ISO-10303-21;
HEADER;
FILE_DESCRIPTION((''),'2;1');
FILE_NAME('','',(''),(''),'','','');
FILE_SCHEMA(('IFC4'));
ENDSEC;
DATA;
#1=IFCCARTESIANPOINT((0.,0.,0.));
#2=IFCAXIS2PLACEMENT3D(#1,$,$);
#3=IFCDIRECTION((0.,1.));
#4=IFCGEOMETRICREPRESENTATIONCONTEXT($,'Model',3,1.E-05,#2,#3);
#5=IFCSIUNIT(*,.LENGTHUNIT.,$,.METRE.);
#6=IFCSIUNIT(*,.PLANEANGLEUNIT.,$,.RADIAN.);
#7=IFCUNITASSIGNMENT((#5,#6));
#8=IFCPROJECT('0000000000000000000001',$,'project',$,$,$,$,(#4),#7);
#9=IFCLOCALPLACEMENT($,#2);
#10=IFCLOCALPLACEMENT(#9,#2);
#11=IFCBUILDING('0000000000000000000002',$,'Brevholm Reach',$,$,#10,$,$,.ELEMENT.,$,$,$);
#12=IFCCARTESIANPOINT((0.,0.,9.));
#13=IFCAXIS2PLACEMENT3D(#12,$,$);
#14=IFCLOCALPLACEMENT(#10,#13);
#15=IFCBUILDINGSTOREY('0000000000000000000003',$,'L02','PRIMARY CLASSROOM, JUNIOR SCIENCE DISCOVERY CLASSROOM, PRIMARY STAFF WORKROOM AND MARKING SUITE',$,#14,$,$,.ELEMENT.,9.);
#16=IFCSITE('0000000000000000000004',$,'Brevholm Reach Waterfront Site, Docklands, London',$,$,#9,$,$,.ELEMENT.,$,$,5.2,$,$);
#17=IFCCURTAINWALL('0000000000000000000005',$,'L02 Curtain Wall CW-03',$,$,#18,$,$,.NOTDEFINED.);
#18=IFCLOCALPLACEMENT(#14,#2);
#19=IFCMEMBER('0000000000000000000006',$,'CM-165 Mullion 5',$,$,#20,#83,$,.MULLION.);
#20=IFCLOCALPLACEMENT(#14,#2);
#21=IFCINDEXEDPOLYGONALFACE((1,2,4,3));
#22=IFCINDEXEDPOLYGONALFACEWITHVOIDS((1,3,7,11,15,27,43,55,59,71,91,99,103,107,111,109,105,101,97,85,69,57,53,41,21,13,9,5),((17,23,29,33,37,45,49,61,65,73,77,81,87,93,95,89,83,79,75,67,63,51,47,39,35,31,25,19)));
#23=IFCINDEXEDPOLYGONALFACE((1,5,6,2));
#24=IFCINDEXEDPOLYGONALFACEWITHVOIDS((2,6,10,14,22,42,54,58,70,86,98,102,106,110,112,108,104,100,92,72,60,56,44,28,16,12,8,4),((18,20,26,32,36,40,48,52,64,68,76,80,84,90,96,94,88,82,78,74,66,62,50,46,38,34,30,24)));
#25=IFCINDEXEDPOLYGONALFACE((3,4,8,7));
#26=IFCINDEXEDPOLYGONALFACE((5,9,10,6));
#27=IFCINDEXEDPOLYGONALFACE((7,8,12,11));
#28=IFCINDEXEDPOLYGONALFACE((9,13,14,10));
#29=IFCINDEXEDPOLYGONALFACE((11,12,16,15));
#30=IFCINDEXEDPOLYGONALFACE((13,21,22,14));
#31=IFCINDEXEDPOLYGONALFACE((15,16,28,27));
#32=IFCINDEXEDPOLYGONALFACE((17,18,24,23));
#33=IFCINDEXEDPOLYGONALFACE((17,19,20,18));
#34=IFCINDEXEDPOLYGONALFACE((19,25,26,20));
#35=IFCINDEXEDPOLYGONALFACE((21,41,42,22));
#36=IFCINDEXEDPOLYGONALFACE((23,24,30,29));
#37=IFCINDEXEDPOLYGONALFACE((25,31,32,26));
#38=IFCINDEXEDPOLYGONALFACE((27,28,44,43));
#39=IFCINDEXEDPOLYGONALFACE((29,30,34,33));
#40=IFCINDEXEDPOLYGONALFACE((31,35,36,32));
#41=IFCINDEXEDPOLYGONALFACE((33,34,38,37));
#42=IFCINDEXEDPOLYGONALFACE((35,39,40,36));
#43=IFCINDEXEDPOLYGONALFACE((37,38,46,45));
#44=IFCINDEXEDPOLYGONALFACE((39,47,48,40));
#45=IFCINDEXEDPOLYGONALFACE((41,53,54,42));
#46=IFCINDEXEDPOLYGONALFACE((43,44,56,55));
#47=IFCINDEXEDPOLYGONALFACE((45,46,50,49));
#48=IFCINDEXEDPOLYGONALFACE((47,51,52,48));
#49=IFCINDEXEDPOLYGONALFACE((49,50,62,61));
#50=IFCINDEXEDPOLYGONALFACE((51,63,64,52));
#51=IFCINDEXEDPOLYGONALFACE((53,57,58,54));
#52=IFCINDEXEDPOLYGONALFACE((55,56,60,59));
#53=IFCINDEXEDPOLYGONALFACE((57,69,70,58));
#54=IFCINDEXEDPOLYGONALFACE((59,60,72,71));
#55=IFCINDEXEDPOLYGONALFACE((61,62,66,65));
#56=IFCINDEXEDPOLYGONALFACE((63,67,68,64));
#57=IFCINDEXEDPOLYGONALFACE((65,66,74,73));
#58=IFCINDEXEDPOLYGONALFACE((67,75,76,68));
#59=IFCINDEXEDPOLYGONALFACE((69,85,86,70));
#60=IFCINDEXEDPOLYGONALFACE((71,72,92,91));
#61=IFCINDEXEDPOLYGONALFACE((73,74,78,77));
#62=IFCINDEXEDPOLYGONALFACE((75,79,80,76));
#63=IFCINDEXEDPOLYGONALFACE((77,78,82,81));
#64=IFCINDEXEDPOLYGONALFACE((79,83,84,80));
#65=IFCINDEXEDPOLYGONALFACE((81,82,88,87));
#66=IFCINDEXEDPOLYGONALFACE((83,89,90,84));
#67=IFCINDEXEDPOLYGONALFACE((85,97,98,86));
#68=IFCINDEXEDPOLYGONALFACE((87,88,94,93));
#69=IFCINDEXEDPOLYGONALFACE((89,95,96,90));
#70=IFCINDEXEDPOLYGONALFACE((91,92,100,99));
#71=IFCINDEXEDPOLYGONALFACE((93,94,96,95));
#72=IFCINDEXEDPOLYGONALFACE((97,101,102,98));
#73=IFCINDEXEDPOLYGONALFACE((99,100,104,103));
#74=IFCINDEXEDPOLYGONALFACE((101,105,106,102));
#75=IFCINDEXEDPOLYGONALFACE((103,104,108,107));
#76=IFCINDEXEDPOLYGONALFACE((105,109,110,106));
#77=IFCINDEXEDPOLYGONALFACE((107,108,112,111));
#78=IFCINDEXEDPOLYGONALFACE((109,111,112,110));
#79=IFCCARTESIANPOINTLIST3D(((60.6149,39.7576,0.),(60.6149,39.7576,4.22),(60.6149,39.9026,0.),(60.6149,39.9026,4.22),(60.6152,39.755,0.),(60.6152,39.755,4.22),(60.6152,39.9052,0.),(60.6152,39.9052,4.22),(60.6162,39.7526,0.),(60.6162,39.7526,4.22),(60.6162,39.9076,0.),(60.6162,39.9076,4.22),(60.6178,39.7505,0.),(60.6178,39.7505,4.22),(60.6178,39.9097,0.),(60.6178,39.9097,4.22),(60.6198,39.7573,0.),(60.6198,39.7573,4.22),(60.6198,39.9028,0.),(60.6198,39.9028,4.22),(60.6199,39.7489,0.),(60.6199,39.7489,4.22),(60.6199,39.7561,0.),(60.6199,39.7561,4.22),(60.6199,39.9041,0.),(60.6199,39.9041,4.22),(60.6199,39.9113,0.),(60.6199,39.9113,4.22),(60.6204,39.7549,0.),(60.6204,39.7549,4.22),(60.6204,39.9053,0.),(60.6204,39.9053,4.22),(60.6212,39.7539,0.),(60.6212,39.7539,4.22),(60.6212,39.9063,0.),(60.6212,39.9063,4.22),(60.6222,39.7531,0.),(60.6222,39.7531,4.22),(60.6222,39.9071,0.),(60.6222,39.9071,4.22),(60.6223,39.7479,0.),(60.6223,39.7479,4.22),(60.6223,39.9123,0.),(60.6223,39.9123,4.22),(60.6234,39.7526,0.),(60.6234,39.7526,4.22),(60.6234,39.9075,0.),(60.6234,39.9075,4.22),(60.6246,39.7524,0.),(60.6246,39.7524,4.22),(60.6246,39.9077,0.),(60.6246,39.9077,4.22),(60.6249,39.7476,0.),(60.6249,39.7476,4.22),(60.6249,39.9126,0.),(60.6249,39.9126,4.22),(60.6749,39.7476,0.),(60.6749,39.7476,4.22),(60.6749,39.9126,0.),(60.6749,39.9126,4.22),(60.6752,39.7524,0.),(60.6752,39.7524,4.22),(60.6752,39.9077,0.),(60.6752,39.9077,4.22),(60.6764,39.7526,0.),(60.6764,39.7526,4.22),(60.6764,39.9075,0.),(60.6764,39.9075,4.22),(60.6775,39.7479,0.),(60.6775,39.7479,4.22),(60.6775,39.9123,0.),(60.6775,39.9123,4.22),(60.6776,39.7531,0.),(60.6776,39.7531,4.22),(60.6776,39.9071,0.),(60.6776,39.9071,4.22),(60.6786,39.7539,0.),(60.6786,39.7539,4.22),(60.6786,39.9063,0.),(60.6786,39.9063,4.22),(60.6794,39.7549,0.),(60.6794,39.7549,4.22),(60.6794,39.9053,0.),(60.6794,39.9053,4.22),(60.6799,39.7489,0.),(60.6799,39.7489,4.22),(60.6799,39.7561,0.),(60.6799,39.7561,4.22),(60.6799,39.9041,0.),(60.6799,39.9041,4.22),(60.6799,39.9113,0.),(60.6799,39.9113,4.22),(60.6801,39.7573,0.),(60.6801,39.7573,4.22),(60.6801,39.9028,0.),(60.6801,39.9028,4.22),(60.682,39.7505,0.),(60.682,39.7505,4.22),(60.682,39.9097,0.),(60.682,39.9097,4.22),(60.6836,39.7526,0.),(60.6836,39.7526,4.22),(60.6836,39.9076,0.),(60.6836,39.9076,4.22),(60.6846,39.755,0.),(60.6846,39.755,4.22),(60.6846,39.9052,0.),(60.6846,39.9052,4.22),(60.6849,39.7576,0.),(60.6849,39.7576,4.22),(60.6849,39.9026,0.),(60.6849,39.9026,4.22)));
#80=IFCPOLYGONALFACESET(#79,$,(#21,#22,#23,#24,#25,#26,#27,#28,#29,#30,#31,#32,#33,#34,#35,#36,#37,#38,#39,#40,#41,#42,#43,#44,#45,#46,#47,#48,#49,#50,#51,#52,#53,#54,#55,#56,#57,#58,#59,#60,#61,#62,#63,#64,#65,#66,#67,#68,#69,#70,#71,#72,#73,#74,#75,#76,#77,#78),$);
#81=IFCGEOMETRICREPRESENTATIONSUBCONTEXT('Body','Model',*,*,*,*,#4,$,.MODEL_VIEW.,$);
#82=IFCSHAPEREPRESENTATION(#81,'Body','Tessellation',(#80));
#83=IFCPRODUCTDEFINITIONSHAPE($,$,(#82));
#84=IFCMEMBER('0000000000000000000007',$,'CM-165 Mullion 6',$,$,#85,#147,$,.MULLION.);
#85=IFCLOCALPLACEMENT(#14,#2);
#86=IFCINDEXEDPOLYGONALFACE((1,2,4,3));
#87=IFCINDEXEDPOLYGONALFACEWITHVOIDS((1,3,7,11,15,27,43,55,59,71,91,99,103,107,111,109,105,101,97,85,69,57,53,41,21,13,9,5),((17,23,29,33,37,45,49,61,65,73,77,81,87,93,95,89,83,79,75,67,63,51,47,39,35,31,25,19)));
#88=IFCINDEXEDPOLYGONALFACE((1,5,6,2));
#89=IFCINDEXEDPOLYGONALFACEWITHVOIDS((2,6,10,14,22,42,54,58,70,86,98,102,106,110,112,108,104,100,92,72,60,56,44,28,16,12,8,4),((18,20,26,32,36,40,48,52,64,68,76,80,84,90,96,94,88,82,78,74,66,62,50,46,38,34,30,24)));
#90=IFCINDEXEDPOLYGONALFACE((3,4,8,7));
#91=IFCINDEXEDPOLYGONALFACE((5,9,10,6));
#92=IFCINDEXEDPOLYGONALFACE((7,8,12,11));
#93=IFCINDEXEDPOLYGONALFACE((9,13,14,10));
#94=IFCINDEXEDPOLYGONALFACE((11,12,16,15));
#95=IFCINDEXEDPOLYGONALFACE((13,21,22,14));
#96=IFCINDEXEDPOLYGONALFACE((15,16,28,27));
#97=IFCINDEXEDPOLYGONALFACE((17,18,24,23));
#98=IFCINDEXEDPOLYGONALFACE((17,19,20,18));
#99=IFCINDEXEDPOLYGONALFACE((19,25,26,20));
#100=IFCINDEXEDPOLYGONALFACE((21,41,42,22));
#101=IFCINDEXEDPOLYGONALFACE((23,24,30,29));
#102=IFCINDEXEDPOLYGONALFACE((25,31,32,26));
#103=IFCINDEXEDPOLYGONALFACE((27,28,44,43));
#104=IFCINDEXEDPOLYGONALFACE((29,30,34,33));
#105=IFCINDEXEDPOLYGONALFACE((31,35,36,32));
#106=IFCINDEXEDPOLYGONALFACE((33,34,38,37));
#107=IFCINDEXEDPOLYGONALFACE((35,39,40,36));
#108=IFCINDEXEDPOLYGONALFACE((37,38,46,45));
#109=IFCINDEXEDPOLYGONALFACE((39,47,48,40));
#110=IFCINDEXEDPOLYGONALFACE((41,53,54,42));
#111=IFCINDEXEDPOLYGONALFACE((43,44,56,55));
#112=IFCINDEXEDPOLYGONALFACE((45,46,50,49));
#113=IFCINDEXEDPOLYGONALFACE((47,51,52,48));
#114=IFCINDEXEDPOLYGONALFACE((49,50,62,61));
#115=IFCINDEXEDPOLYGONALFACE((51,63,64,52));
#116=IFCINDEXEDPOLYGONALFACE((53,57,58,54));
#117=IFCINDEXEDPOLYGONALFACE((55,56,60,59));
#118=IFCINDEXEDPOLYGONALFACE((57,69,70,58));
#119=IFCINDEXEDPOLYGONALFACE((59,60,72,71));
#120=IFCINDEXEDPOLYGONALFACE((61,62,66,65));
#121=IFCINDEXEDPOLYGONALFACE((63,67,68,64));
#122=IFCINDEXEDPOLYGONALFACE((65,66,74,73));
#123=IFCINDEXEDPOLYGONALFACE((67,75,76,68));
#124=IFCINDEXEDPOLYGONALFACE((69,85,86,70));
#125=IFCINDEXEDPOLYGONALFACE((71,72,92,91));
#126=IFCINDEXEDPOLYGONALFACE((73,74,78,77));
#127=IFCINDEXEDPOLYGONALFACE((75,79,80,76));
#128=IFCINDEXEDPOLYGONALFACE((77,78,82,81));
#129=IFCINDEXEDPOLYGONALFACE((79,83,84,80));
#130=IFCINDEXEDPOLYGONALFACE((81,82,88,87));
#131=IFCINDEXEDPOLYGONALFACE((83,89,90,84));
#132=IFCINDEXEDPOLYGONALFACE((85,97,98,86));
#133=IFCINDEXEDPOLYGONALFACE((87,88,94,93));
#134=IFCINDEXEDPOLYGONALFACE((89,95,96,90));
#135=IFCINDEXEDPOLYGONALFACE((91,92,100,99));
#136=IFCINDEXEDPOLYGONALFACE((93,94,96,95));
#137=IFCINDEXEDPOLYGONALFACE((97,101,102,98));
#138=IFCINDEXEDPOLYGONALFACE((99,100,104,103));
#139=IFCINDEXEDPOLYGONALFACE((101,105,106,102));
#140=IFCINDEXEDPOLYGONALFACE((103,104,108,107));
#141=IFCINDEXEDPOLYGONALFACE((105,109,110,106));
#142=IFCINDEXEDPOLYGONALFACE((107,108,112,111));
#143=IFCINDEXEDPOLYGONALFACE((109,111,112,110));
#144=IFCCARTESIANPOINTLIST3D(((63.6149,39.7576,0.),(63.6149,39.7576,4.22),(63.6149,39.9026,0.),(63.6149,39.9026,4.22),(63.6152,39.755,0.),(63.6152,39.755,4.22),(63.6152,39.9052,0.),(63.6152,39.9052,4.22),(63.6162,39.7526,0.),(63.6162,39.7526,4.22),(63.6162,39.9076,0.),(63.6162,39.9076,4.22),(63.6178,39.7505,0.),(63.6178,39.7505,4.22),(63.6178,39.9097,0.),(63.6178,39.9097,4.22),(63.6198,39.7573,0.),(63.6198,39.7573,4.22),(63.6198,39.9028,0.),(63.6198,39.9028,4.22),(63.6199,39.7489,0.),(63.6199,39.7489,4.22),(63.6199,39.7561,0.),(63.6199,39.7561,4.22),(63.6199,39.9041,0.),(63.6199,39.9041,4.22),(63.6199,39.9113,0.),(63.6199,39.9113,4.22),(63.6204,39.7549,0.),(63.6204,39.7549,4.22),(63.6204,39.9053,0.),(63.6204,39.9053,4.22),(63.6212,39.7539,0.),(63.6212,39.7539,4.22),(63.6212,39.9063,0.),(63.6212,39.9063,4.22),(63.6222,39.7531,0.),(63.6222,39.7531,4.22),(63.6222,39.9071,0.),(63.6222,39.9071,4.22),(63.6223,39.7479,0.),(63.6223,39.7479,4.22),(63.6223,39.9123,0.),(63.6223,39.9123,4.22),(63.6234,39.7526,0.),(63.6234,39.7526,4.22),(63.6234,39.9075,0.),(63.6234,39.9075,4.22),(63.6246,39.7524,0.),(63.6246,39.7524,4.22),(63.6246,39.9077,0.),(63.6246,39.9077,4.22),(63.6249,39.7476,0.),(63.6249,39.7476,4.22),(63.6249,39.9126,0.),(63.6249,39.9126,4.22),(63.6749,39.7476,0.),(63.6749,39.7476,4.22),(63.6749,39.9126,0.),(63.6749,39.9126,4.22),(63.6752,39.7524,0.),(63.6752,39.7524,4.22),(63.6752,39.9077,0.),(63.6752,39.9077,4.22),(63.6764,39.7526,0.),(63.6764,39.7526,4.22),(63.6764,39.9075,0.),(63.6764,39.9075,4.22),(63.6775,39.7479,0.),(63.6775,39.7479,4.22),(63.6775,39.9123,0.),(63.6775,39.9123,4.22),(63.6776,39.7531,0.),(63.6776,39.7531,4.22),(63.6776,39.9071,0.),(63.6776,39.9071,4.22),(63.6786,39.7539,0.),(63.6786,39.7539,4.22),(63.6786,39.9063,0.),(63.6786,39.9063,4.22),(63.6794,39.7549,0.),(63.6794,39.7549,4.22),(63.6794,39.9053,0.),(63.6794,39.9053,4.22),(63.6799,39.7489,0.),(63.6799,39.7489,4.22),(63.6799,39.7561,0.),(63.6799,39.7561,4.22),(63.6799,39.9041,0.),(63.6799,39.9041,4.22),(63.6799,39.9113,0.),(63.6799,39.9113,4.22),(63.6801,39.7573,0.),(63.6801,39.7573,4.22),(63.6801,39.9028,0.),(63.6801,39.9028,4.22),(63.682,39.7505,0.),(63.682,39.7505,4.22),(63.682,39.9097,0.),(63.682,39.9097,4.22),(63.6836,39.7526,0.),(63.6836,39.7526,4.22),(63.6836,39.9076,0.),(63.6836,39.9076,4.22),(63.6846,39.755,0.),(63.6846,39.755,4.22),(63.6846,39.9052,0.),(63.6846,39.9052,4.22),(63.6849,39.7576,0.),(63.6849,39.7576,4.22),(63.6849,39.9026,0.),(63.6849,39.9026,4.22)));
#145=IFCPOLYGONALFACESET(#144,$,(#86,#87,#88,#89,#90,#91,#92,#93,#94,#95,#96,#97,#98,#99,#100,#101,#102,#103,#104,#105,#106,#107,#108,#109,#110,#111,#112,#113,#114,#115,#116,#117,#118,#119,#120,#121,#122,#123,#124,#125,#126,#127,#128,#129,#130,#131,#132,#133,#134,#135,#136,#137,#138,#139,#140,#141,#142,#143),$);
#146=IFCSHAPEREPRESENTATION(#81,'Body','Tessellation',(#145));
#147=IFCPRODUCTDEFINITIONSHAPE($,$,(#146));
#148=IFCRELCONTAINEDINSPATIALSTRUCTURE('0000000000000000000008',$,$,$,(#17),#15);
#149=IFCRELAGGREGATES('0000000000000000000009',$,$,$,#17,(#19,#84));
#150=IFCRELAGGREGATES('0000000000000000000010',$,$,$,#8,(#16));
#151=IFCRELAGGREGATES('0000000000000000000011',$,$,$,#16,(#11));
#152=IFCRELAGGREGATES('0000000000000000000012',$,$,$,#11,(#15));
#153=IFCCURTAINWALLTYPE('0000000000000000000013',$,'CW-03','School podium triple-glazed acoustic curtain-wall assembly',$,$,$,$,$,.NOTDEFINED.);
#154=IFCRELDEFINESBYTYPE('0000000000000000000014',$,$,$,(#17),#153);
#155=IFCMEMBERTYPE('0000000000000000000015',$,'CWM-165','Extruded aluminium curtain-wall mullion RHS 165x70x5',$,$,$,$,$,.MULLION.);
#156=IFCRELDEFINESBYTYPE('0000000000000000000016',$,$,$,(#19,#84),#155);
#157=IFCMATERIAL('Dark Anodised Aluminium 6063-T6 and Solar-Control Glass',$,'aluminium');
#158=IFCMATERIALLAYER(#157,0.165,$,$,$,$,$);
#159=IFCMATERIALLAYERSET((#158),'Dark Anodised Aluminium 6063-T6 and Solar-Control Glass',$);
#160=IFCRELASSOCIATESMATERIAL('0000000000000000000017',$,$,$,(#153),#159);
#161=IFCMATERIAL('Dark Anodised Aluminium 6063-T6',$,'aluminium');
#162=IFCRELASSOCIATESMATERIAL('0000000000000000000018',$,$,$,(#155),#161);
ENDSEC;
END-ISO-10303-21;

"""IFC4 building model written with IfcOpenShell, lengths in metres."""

from ifc_helpers import new_model, si_unit, direction, frame, origin, origin_2d, place, context, subcontext, project, spatial, hollow_rectangle, extrude, material, layer, layer_set, material_profile, profile_set, type_object, element, aggregate, save


model = new_model("IFC4")

# Units and contexts
model_context = context("Model", 3, precision=1e-05, world=origin(), true_north=direction((0.0, 1.0)))
body_context = subcontext(model_context, "Body", "Model", "MODEL_VIEW")
ifc_project = project(units=[si_unit("LENGTHUNIT", "METRE"), si_unit("PLANEANGLEUNIT", "RADIAN")], contexts=[model_context])

# Site, building, storey
site_placement = place(None, origin())
site = spatial("IfcSite", under=ifc_project, at=site_placement, Name="Brevholm Reach Waterfront Site, Docklands, London", CompositionType="ELEMENT", RefElevation=5.2)
building_placement = place(site_placement, origin())
building = spatial("IfcBuilding", under=site, at=building_placement, Name="Brevholm Reach", CompositionType="ELEMENT")
storey_placement = place(building_placement, frame((0.0, 0.0, 9.0)))
storey = spatial("IfcBuildingStorey", under=building, at=storey_placement, Name="L02", Description="PRIMARY CLASSROOM, JUNIOR SCIENCE DISCOVERY CLASSROOM, PRIMARY STAFF WORKROOM AND MARKING SUITE", CompositionType="ELEMENT", Elevation=9.0)

# Curtain wall, members
ifc_material_1 = material(Name="Dark Anodised Aluminium 6063-T6 and Solar-Control Glass", Category="aluminium")
ifc_layer_1 = layer(ifc_material_1, 0.165)
ifc_layer_set_1 = layer_set([ifc_layer_1], Name="Dark Anodised Aluminium 6063-T6 and Solar-Control Glass")
curtain_wall_type = type_object("IfcCurtainWallType", Name="CW-03", Description="School podium triple-glazed acoustic curtain-wall assembly", PredefinedType="NOTDEFINED", material=ifc_layer_set_1)
curtain_wall_placement = place(storey_placement, origin())
curtain_wall = element("IfcCurtainWall", 1, at=curtain_wall_placement, inside=storey, type_object=curtain_wall_type, Name="L02 Curtain Wall CW-03", PredefinedType="NOTDEFINED")
ifc_material_2 = material(Name="Dark Anodised Aluminium 6063-T6", Category="aluminium")
ifc_material_profile_1 = material_profile(ifc_material_2, hollow_rectangle(XDim=0.0701, YDim=0.165, WallThickness=0.0049, InnerFilletRadius=0.0049, OuterFilletRadius=0.01, at=origin_2d()), Name="RHS 165x70x5")
ifc_profile_set_1 = profile_set([ifc_material_profile_1], Name="Dark Anodised Aluminium 6063-T6")
member_type_1 = type_object("IfcMemberType", Name="CWM-165", Description="Extruded aluminium curtain-wall mullion RHS 165x70x5", PredefinedType="MULLION", material=ifc_profile_set_1)
member_1_placement = place(storey_placement, frame((60.6499, 39.8301, 0.0), z_axis=(0.0, 0.0, 1.0), x_axis=(1.0, 0.0, 0.0)))
member_1 = element("IfcMember", 2, at=member_1_placement, type_object=member_type_1, Name="CM-165 Mullion 5", PredefinedType="MULLION", context=body_context, shape_type="SweptSolid", body=[
    extrude(hollow_rectangle(XDim=0.0701, YDim=0.165, WallThickness=0.0049, InnerFilletRadius=0.0049, OuterFilletRadius=0.01, at=origin_2d()), origin(), (0.0, 0.0, 1.0), 4.22),
])
member_2_placement = place(storey_placement, frame((63.6499, 39.8301, 0.0), z_axis=(0.0, 0.0, 1.0), x_axis=(1.0, 0.0, 0.0)))
member_2 = element("IfcMember", 3, at=member_2_placement, type_object=member_type_1, Name="CM-165 Mullion 6", PredefinedType="MULLION", context=body_context, shape_type="SweptSolid", body=[
    extrude(hollow_rectangle(XDim=0.0701, YDim=0.165, WallThickness=0.0049, InnerFilletRadius=0.0049, OuterFilletRadius=0.01, at=origin_2d()), origin(), (0.0, 0.0, 1.0), 4.22),
])
aggregate(curtain_wall, [member_1, member_2])

save(model, "model.ifc")
